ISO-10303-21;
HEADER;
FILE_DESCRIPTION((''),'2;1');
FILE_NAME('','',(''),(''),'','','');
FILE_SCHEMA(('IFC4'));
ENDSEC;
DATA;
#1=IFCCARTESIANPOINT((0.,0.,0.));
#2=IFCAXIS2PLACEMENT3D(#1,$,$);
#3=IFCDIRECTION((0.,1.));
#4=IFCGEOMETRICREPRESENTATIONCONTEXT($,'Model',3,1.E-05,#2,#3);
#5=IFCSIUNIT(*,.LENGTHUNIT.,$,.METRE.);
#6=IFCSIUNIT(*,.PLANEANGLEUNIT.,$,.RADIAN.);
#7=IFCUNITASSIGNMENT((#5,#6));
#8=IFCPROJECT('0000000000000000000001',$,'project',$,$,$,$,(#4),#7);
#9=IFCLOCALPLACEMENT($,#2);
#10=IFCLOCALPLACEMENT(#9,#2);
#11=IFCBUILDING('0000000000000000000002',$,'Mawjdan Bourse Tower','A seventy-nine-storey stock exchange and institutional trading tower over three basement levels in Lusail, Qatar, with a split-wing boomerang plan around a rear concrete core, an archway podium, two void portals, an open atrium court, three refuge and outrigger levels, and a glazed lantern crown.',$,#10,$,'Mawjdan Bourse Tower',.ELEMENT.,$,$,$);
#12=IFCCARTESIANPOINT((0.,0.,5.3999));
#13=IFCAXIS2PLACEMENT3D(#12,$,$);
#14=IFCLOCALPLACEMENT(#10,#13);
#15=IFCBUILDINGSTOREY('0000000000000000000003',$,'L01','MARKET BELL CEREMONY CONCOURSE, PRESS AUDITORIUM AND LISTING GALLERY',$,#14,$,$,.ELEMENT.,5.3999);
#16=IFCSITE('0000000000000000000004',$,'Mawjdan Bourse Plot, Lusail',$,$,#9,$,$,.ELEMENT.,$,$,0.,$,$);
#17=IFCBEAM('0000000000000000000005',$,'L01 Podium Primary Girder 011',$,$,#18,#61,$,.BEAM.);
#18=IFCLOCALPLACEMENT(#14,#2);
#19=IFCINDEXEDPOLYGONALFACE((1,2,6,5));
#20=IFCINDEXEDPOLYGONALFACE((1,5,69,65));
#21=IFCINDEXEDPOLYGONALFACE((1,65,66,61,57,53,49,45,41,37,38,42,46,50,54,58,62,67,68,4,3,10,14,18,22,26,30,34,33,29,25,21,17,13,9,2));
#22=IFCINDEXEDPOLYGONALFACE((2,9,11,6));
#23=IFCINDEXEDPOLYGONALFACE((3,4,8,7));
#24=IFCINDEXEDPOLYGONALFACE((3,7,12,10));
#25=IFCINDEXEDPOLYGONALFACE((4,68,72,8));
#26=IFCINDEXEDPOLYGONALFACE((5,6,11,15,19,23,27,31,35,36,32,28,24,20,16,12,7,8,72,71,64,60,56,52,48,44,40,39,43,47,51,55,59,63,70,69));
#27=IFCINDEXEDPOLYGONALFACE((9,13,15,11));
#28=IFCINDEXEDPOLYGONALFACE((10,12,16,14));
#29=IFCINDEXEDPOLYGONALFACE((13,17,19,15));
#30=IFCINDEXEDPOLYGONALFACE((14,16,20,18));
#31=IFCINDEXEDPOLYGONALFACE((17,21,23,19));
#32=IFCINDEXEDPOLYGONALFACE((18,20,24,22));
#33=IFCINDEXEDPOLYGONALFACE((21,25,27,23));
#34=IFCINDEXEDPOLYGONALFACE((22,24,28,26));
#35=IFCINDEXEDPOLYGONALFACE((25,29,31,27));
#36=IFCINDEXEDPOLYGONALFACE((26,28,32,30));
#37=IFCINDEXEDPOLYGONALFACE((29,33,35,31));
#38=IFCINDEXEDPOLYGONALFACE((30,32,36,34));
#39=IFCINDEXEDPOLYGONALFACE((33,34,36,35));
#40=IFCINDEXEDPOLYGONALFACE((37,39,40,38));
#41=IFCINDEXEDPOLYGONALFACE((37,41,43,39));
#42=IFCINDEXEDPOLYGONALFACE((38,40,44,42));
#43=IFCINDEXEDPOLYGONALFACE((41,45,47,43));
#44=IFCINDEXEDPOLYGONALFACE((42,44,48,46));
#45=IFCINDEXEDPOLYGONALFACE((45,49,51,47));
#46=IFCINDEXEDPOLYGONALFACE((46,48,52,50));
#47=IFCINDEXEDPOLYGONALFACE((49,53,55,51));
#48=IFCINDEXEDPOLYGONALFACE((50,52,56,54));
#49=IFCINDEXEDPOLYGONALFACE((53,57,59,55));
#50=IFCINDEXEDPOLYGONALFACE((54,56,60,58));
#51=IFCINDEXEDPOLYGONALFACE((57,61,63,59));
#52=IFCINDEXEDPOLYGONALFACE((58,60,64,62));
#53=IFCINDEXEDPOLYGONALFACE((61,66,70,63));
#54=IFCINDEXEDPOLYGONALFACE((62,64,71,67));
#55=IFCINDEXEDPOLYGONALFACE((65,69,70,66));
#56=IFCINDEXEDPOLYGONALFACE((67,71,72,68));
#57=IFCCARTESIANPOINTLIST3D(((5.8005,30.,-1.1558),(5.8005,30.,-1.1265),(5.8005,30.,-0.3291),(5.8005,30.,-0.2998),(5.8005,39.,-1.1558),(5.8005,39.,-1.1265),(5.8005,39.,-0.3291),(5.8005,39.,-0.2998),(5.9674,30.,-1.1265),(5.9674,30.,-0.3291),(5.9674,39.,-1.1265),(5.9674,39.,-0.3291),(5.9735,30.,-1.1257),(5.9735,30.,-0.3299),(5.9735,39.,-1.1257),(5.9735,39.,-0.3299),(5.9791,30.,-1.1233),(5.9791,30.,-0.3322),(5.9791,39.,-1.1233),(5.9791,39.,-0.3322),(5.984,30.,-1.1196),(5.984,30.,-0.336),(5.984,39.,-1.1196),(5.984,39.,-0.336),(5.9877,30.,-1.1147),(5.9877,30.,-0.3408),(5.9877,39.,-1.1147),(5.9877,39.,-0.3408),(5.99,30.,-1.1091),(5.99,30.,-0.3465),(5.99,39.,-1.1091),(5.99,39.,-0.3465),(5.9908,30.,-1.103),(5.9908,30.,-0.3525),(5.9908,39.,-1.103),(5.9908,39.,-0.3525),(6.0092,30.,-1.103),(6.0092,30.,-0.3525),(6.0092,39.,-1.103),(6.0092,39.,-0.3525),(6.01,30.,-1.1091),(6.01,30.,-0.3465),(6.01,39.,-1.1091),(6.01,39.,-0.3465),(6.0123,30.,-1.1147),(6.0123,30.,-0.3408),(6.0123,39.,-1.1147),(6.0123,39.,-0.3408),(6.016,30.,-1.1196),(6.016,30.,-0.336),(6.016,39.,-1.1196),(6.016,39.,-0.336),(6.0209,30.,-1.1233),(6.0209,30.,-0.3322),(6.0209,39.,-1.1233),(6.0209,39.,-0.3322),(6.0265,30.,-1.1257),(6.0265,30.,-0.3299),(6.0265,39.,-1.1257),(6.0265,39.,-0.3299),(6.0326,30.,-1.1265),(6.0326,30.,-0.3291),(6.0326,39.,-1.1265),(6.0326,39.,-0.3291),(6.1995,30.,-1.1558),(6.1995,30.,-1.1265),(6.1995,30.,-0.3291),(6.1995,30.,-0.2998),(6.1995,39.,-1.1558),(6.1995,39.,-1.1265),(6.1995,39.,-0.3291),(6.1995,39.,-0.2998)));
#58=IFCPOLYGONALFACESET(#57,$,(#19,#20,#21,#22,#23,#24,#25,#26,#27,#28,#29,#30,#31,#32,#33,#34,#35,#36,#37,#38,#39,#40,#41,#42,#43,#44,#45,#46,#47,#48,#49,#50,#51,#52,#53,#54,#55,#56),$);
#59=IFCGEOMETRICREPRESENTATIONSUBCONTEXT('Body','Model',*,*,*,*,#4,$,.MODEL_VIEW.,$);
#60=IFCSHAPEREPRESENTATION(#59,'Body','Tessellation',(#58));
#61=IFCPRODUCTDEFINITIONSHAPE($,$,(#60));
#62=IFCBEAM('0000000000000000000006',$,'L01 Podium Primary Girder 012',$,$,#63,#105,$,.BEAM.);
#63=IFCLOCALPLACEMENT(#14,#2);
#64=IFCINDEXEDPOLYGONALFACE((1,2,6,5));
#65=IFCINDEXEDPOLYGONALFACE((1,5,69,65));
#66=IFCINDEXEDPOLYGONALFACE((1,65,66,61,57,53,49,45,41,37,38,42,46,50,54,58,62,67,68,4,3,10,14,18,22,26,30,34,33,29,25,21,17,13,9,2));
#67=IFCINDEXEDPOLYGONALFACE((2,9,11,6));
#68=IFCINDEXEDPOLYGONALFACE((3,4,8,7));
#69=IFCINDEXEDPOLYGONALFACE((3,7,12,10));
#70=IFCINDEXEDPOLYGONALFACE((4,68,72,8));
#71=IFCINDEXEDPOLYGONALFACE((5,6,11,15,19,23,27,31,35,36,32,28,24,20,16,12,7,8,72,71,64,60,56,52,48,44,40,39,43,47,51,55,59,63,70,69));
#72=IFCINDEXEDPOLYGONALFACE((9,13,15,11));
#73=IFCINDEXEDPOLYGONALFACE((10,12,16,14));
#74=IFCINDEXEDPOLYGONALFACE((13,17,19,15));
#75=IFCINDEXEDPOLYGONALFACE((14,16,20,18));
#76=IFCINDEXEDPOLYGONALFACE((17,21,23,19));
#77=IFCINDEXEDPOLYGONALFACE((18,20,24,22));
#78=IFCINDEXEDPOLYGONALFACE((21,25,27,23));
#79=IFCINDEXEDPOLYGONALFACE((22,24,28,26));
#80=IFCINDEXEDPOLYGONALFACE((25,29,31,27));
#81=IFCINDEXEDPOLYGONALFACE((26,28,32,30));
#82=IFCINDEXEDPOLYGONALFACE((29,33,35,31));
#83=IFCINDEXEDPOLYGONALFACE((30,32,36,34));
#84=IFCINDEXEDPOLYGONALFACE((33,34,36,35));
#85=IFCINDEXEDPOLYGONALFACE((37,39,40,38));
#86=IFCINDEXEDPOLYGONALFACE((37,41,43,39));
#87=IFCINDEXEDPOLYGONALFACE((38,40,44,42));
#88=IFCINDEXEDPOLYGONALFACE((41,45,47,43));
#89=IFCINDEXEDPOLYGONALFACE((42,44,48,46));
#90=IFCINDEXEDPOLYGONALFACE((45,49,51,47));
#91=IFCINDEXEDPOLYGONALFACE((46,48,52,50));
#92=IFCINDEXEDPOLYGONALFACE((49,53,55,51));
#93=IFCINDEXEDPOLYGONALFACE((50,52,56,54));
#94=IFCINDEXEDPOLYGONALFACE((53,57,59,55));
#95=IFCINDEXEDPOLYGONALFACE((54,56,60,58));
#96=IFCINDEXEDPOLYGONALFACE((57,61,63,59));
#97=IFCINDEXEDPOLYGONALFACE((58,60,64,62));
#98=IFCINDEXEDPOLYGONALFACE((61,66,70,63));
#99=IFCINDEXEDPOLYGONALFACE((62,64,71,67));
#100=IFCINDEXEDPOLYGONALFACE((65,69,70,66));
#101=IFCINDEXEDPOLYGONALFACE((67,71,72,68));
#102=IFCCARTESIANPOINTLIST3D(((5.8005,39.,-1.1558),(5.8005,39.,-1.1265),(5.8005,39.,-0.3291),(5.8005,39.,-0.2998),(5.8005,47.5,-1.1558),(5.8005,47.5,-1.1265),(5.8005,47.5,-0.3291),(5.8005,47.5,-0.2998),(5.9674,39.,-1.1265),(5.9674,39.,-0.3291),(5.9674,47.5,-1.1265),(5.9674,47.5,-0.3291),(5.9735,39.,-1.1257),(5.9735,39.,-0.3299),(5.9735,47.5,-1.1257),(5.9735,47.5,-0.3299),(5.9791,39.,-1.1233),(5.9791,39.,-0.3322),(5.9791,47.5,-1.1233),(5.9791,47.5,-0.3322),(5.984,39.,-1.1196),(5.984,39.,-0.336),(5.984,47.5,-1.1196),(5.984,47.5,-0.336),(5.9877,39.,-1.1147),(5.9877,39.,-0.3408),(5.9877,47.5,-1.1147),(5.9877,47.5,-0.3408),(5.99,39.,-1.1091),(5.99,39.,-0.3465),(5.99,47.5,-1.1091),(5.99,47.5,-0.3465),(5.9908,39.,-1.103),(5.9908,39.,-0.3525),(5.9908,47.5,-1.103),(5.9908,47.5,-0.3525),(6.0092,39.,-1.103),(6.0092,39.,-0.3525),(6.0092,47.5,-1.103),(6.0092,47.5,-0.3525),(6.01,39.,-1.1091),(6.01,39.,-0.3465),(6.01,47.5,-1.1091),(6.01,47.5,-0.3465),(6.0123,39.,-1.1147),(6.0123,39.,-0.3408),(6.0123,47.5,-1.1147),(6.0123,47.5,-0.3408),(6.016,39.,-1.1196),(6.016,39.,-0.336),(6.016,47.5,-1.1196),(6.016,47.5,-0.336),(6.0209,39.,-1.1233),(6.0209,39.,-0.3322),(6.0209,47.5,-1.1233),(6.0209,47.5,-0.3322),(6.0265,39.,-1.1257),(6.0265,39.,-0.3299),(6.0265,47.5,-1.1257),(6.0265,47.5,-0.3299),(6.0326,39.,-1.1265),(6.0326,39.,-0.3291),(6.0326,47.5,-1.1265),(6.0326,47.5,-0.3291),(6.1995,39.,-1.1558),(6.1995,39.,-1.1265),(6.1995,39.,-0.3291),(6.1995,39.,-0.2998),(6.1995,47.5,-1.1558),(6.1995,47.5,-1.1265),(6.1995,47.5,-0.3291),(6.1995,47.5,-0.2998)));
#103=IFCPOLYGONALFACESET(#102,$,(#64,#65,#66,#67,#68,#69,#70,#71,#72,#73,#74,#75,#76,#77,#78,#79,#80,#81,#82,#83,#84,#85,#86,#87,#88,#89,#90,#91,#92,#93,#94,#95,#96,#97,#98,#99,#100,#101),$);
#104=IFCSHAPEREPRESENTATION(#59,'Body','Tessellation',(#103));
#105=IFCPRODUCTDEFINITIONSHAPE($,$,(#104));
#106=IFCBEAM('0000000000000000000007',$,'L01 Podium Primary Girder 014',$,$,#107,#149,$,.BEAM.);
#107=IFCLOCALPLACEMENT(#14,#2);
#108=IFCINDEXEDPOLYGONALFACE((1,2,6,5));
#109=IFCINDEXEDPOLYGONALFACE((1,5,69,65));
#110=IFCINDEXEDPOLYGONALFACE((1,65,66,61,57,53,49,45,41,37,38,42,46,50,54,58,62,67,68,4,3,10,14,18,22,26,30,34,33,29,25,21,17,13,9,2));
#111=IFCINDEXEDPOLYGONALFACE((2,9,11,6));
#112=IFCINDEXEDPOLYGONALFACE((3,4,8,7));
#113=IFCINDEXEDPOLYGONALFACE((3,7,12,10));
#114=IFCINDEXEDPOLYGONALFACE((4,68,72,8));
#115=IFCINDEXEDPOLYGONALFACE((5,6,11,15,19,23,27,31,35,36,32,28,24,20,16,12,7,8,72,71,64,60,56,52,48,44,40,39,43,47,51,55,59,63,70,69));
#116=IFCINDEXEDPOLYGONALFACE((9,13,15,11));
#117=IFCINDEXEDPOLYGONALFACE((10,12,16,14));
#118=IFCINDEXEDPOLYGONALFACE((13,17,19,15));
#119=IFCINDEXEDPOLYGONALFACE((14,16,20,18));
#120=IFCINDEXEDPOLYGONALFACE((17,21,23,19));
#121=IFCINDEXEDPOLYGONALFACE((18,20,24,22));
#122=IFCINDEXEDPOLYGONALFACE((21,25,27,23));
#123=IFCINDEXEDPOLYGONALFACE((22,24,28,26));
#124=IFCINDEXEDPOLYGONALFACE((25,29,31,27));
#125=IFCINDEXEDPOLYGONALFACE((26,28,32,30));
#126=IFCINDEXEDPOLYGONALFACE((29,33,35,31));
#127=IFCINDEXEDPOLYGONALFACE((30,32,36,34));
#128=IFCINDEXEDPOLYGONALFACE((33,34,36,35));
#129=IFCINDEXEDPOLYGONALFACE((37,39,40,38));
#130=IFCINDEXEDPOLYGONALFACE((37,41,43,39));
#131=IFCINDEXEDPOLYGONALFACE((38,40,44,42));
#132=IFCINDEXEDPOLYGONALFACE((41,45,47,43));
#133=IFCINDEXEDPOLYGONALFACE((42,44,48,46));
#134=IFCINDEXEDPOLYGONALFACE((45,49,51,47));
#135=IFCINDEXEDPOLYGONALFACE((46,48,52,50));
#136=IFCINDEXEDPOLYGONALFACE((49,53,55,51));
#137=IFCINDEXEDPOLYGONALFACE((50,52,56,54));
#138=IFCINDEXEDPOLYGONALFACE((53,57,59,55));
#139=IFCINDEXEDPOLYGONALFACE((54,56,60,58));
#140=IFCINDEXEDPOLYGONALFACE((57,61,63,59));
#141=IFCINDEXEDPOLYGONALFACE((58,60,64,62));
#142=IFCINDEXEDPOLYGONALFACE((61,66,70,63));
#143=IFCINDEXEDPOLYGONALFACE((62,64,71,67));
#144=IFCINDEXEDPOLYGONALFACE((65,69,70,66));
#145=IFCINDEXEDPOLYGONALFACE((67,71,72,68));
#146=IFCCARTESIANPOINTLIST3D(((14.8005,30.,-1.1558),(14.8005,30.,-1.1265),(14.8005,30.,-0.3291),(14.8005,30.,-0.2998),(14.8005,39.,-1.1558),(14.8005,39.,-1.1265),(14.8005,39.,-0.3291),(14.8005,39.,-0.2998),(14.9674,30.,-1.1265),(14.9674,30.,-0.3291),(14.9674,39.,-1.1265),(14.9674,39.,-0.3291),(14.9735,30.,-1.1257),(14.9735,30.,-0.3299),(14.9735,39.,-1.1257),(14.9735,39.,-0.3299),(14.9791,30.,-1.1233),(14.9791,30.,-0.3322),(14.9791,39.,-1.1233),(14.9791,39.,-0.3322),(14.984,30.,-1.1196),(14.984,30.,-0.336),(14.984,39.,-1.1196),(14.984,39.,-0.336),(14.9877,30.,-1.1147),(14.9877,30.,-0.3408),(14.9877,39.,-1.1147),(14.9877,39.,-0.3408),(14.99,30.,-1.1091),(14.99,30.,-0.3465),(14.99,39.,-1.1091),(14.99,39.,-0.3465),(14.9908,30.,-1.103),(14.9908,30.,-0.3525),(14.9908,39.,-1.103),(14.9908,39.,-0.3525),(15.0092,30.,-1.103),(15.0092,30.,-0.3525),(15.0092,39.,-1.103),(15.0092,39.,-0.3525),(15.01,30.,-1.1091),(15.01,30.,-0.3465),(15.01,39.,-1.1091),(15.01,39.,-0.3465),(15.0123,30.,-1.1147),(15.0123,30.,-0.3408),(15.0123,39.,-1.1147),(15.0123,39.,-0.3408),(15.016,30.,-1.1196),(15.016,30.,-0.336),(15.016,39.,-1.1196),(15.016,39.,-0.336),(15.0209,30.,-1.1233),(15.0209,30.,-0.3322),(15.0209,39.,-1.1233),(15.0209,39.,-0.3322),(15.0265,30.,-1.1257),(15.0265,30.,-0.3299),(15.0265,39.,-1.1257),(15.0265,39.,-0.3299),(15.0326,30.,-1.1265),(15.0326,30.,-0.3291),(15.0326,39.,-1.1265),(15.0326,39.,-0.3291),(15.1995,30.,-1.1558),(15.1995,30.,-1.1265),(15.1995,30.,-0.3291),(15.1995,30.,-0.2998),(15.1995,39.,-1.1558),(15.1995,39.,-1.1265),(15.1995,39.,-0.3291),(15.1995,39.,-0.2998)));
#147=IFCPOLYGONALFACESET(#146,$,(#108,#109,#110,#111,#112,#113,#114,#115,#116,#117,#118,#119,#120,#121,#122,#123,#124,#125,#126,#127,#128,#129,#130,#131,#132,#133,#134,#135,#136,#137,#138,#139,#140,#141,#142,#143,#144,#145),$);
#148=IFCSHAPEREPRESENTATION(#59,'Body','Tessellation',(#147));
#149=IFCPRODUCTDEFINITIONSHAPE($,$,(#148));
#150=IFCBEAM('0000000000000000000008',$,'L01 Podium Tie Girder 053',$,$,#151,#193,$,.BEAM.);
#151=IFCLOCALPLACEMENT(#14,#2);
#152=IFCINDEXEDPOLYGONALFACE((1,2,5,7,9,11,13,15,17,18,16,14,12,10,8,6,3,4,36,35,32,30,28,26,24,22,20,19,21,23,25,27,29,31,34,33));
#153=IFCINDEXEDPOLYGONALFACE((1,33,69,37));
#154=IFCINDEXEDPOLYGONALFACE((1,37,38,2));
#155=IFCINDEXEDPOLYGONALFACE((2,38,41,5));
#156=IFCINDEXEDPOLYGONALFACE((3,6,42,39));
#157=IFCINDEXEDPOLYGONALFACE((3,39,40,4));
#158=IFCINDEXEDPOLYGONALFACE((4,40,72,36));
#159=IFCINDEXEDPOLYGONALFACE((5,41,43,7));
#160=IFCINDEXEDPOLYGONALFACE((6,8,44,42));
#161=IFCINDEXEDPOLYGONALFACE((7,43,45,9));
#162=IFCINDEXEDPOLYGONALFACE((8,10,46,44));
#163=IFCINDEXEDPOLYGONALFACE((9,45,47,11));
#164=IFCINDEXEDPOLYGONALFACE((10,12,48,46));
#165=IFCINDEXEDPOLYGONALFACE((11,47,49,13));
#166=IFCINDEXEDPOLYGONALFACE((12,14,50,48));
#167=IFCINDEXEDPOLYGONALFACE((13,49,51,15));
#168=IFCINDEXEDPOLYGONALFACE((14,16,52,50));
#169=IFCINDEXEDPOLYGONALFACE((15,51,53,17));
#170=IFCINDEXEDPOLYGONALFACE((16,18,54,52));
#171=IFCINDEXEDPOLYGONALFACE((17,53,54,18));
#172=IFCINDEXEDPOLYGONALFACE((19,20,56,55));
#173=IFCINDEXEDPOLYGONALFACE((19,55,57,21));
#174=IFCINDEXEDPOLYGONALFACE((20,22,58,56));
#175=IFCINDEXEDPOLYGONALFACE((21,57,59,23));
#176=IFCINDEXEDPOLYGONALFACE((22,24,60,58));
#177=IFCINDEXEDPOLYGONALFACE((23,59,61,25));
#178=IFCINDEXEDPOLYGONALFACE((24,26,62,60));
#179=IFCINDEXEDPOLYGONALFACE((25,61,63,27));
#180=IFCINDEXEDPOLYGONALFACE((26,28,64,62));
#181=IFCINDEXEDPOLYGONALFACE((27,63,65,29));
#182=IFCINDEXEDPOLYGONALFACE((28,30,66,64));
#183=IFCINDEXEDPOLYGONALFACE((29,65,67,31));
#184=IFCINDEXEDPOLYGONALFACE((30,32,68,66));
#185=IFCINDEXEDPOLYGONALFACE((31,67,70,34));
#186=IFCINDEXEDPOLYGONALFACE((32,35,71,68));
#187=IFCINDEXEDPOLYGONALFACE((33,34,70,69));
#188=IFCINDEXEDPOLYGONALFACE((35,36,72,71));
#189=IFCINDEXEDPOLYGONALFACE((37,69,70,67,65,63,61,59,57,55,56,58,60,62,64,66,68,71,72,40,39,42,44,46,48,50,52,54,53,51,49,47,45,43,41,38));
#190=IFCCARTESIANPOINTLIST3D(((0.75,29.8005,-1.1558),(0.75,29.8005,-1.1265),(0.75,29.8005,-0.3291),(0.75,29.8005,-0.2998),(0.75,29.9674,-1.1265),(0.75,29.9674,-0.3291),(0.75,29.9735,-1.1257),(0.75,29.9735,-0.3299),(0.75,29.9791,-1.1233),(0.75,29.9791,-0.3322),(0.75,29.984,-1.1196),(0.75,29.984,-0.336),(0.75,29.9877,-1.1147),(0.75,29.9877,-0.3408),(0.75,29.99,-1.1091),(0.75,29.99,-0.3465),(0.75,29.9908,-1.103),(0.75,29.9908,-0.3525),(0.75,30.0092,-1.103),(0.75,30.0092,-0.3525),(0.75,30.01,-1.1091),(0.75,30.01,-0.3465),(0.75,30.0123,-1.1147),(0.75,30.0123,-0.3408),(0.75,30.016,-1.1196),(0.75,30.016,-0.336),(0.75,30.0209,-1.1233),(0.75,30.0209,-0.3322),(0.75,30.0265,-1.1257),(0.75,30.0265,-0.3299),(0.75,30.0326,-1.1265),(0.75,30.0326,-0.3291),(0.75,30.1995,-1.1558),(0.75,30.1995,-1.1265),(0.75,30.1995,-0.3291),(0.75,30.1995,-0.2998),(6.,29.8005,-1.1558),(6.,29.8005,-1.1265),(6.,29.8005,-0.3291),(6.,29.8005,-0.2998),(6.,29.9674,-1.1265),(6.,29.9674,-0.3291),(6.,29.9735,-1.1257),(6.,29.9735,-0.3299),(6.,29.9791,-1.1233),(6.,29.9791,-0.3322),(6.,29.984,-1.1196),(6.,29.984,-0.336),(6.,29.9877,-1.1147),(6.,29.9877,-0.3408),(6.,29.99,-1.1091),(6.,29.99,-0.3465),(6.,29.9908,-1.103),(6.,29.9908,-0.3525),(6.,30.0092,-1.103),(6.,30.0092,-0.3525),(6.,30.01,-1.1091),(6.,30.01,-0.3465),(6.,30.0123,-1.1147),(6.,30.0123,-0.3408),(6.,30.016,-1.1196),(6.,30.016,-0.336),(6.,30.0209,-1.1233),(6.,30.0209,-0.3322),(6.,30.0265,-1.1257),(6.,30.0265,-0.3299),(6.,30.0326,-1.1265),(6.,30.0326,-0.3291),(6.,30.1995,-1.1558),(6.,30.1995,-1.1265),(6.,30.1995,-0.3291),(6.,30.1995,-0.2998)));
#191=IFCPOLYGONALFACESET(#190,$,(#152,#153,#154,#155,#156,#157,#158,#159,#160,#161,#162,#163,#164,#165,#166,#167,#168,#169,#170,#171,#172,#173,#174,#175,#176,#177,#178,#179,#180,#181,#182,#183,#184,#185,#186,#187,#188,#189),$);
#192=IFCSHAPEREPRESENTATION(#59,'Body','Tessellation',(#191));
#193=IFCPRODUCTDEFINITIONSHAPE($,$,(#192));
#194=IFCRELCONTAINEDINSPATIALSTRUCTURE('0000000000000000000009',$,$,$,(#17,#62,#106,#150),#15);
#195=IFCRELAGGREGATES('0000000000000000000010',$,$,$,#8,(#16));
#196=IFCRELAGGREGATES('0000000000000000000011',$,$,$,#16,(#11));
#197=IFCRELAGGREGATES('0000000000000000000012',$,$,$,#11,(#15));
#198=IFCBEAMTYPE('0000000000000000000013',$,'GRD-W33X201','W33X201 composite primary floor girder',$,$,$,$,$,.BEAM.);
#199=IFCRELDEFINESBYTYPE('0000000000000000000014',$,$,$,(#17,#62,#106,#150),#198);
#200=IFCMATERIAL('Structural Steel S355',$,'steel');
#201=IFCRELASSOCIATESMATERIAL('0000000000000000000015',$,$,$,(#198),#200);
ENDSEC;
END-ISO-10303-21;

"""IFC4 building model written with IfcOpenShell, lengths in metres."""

from ifc_helpers import new_model, si_unit, direction, frame, origin, origin_2d, place, context, subcontext, project, spatial, i_section, extrude, material, material_profile, profile_set, type_object, element, save


model = new_model("IFC4")

# Units and contexts
model_context = context("Model", 3, precision=1e-05, world=origin(), true_north=direction((0.0, 1.0)))
body_context = subcontext(model_context, "Body", "Model", "MODEL_VIEW")
ifc_project = project(units=[si_unit("LENGTHUNIT", "METRE"), si_unit("PLANEANGLEUNIT", "RADIAN")], contexts=[model_context])

# Site, building, storey
site_placement = place(None, origin())
site = spatial("IfcSite", under=ifc_project, at=site_placement, Name="Mawjdan Bourse Plot, Lusail", CompositionType="ELEMENT", RefElevation=0.0)
building_placement = place(site_placement, origin())
building = spatial("IfcBuilding", under=site, at=building_placement, Name="Mawjdan Bourse Tower", Description="A seventy-nine-storey stock exchange and institutional trading tower over three basement levels in Lusail, Qatar, with a split-wing boomerang plan around a rear concrete core, an archway podium, two void portals, an open atrium court, three refuge and outrigger levels, and a glazed lantern crown.", LongName="Mawjdan Bourse Tower", CompositionType="ELEMENT")
storey_placement = place(building_placement, frame((0.0, 0.0, 5.3999)))
storey = spatial("IfcBuildingStorey", under=building, at=storey_placement, Name="L01", Description="MARKET BELL CEREMONY CONCOURSE, PRESS AUDITORIUM AND LISTING GALLERY", CompositionType="ELEMENT", Elevation=5.3999)

# Beams
ifc_material_1 = material(Name="Structural Steel S355", Category="steel")
ifc_material_profile_1 = material_profile(ifc_material_1, i_section(OverallWidth=0.3989, OverallDepth=0.856, WebThickness=0.0183, FlangeThickness=0.0293, FilletRadius=0.0234, at=origin_2d()), Name="W33X201")
ifc_profile_set_1 = profile_set([ifc_material_profile_1], Name="Structural Steel S355")
beam_type_1 = type_object("IfcBeamType", Name="GRD-W33X201", Description="W33X201 composite primary floor girder", PredefinedType="BEAM", material=ifc_profile_set_1)
beam_1_placement = place(storey_placement, frame((6.0, 30.0, -0.7278), z_axis=(0.0, 1.0, 0.0), x_axis=(-1.0, 0.0, 0.0)))
element("IfcBeam", 1, at=beam_1_placement, inside=storey, type_object=beam_type_1, Name="L01 Podium Primary Girder 011", PredefinedType="BEAM", context=body_context, shape_type="SweptSolid", body=[
    extrude(i_section(OverallWidth=0.3989, OverallDepth=0.856, WebThickness=0.0183, FlangeThickness=0.0293, FilletRadius=0.0234, at=origin_2d()), origin(), (0.0, 0.0, 1.0), 9.0),
])
beam_2_placement = place(storey_placement, frame((6.0, 39.0, -0.7278), z_axis=(0.0, 1.0, 0.0), x_axis=(-1.0, 0.0, 0.0)))
element("IfcBeam", 2, at=beam_2_placement, inside=storey, type_object=beam_type_1, Name="L01 Podium Primary Girder 012", PredefinedType="BEAM", context=body_context, shape_type="SweptSolid", body=[
    extrude(i_section(OverallWidth=0.3989, OverallDepth=0.856, WebThickness=0.0183, FlangeThickness=0.0293, FilletRadius=0.0234, at=origin_2d()), origin(), (0.0, 0.0, 1.0), 8.5),
])
beam_3_placement = place(storey_placement, frame((15.0, 30.0, -0.7278), z_axis=(0.0, 1.0, 0.0), x_axis=(-1.0, 0.0, 0.0)))
element("IfcBeam", 3, at=beam_3_placement, inside=storey, type_object=beam_type_1, Name="L01 Podium Primary Girder 014", PredefinedType="BEAM", context=body_context, shape_type="SweptSolid", body=[
    extrude(i_section(OverallWidth=0.3989, OverallDepth=0.856, WebThickness=0.0183, FlangeThickness=0.0293, FilletRadius=0.0234, at=origin_2d()), origin(), (0.0, 0.0, 1.0), 9.0),
])
beam_4_placement = place(storey_placement, frame((0.75, 30.0, -0.7278), z_axis=(1.0, 0.0, 0.0), x_axis=(0.0, 1.0, 0.0)))
element("IfcBeam", 4, at=beam_4_placement, inside=storey, type_object=beam_type_1, Name="L01 Podium Tie Girder 053", PredefinedType="BEAM", context=body_context, shape_type="SweptSolid", body=[
    extrude(i_section(OverallWidth=0.3989, OverallDepth=0.856, WebThickness=0.0183, FlangeThickness=0.0293, FilletRadius=0.0234, at=origin_2d()), origin(), (0.0, 0.0, 1.0), 5.25),
])

save(model, "model.ifc")
